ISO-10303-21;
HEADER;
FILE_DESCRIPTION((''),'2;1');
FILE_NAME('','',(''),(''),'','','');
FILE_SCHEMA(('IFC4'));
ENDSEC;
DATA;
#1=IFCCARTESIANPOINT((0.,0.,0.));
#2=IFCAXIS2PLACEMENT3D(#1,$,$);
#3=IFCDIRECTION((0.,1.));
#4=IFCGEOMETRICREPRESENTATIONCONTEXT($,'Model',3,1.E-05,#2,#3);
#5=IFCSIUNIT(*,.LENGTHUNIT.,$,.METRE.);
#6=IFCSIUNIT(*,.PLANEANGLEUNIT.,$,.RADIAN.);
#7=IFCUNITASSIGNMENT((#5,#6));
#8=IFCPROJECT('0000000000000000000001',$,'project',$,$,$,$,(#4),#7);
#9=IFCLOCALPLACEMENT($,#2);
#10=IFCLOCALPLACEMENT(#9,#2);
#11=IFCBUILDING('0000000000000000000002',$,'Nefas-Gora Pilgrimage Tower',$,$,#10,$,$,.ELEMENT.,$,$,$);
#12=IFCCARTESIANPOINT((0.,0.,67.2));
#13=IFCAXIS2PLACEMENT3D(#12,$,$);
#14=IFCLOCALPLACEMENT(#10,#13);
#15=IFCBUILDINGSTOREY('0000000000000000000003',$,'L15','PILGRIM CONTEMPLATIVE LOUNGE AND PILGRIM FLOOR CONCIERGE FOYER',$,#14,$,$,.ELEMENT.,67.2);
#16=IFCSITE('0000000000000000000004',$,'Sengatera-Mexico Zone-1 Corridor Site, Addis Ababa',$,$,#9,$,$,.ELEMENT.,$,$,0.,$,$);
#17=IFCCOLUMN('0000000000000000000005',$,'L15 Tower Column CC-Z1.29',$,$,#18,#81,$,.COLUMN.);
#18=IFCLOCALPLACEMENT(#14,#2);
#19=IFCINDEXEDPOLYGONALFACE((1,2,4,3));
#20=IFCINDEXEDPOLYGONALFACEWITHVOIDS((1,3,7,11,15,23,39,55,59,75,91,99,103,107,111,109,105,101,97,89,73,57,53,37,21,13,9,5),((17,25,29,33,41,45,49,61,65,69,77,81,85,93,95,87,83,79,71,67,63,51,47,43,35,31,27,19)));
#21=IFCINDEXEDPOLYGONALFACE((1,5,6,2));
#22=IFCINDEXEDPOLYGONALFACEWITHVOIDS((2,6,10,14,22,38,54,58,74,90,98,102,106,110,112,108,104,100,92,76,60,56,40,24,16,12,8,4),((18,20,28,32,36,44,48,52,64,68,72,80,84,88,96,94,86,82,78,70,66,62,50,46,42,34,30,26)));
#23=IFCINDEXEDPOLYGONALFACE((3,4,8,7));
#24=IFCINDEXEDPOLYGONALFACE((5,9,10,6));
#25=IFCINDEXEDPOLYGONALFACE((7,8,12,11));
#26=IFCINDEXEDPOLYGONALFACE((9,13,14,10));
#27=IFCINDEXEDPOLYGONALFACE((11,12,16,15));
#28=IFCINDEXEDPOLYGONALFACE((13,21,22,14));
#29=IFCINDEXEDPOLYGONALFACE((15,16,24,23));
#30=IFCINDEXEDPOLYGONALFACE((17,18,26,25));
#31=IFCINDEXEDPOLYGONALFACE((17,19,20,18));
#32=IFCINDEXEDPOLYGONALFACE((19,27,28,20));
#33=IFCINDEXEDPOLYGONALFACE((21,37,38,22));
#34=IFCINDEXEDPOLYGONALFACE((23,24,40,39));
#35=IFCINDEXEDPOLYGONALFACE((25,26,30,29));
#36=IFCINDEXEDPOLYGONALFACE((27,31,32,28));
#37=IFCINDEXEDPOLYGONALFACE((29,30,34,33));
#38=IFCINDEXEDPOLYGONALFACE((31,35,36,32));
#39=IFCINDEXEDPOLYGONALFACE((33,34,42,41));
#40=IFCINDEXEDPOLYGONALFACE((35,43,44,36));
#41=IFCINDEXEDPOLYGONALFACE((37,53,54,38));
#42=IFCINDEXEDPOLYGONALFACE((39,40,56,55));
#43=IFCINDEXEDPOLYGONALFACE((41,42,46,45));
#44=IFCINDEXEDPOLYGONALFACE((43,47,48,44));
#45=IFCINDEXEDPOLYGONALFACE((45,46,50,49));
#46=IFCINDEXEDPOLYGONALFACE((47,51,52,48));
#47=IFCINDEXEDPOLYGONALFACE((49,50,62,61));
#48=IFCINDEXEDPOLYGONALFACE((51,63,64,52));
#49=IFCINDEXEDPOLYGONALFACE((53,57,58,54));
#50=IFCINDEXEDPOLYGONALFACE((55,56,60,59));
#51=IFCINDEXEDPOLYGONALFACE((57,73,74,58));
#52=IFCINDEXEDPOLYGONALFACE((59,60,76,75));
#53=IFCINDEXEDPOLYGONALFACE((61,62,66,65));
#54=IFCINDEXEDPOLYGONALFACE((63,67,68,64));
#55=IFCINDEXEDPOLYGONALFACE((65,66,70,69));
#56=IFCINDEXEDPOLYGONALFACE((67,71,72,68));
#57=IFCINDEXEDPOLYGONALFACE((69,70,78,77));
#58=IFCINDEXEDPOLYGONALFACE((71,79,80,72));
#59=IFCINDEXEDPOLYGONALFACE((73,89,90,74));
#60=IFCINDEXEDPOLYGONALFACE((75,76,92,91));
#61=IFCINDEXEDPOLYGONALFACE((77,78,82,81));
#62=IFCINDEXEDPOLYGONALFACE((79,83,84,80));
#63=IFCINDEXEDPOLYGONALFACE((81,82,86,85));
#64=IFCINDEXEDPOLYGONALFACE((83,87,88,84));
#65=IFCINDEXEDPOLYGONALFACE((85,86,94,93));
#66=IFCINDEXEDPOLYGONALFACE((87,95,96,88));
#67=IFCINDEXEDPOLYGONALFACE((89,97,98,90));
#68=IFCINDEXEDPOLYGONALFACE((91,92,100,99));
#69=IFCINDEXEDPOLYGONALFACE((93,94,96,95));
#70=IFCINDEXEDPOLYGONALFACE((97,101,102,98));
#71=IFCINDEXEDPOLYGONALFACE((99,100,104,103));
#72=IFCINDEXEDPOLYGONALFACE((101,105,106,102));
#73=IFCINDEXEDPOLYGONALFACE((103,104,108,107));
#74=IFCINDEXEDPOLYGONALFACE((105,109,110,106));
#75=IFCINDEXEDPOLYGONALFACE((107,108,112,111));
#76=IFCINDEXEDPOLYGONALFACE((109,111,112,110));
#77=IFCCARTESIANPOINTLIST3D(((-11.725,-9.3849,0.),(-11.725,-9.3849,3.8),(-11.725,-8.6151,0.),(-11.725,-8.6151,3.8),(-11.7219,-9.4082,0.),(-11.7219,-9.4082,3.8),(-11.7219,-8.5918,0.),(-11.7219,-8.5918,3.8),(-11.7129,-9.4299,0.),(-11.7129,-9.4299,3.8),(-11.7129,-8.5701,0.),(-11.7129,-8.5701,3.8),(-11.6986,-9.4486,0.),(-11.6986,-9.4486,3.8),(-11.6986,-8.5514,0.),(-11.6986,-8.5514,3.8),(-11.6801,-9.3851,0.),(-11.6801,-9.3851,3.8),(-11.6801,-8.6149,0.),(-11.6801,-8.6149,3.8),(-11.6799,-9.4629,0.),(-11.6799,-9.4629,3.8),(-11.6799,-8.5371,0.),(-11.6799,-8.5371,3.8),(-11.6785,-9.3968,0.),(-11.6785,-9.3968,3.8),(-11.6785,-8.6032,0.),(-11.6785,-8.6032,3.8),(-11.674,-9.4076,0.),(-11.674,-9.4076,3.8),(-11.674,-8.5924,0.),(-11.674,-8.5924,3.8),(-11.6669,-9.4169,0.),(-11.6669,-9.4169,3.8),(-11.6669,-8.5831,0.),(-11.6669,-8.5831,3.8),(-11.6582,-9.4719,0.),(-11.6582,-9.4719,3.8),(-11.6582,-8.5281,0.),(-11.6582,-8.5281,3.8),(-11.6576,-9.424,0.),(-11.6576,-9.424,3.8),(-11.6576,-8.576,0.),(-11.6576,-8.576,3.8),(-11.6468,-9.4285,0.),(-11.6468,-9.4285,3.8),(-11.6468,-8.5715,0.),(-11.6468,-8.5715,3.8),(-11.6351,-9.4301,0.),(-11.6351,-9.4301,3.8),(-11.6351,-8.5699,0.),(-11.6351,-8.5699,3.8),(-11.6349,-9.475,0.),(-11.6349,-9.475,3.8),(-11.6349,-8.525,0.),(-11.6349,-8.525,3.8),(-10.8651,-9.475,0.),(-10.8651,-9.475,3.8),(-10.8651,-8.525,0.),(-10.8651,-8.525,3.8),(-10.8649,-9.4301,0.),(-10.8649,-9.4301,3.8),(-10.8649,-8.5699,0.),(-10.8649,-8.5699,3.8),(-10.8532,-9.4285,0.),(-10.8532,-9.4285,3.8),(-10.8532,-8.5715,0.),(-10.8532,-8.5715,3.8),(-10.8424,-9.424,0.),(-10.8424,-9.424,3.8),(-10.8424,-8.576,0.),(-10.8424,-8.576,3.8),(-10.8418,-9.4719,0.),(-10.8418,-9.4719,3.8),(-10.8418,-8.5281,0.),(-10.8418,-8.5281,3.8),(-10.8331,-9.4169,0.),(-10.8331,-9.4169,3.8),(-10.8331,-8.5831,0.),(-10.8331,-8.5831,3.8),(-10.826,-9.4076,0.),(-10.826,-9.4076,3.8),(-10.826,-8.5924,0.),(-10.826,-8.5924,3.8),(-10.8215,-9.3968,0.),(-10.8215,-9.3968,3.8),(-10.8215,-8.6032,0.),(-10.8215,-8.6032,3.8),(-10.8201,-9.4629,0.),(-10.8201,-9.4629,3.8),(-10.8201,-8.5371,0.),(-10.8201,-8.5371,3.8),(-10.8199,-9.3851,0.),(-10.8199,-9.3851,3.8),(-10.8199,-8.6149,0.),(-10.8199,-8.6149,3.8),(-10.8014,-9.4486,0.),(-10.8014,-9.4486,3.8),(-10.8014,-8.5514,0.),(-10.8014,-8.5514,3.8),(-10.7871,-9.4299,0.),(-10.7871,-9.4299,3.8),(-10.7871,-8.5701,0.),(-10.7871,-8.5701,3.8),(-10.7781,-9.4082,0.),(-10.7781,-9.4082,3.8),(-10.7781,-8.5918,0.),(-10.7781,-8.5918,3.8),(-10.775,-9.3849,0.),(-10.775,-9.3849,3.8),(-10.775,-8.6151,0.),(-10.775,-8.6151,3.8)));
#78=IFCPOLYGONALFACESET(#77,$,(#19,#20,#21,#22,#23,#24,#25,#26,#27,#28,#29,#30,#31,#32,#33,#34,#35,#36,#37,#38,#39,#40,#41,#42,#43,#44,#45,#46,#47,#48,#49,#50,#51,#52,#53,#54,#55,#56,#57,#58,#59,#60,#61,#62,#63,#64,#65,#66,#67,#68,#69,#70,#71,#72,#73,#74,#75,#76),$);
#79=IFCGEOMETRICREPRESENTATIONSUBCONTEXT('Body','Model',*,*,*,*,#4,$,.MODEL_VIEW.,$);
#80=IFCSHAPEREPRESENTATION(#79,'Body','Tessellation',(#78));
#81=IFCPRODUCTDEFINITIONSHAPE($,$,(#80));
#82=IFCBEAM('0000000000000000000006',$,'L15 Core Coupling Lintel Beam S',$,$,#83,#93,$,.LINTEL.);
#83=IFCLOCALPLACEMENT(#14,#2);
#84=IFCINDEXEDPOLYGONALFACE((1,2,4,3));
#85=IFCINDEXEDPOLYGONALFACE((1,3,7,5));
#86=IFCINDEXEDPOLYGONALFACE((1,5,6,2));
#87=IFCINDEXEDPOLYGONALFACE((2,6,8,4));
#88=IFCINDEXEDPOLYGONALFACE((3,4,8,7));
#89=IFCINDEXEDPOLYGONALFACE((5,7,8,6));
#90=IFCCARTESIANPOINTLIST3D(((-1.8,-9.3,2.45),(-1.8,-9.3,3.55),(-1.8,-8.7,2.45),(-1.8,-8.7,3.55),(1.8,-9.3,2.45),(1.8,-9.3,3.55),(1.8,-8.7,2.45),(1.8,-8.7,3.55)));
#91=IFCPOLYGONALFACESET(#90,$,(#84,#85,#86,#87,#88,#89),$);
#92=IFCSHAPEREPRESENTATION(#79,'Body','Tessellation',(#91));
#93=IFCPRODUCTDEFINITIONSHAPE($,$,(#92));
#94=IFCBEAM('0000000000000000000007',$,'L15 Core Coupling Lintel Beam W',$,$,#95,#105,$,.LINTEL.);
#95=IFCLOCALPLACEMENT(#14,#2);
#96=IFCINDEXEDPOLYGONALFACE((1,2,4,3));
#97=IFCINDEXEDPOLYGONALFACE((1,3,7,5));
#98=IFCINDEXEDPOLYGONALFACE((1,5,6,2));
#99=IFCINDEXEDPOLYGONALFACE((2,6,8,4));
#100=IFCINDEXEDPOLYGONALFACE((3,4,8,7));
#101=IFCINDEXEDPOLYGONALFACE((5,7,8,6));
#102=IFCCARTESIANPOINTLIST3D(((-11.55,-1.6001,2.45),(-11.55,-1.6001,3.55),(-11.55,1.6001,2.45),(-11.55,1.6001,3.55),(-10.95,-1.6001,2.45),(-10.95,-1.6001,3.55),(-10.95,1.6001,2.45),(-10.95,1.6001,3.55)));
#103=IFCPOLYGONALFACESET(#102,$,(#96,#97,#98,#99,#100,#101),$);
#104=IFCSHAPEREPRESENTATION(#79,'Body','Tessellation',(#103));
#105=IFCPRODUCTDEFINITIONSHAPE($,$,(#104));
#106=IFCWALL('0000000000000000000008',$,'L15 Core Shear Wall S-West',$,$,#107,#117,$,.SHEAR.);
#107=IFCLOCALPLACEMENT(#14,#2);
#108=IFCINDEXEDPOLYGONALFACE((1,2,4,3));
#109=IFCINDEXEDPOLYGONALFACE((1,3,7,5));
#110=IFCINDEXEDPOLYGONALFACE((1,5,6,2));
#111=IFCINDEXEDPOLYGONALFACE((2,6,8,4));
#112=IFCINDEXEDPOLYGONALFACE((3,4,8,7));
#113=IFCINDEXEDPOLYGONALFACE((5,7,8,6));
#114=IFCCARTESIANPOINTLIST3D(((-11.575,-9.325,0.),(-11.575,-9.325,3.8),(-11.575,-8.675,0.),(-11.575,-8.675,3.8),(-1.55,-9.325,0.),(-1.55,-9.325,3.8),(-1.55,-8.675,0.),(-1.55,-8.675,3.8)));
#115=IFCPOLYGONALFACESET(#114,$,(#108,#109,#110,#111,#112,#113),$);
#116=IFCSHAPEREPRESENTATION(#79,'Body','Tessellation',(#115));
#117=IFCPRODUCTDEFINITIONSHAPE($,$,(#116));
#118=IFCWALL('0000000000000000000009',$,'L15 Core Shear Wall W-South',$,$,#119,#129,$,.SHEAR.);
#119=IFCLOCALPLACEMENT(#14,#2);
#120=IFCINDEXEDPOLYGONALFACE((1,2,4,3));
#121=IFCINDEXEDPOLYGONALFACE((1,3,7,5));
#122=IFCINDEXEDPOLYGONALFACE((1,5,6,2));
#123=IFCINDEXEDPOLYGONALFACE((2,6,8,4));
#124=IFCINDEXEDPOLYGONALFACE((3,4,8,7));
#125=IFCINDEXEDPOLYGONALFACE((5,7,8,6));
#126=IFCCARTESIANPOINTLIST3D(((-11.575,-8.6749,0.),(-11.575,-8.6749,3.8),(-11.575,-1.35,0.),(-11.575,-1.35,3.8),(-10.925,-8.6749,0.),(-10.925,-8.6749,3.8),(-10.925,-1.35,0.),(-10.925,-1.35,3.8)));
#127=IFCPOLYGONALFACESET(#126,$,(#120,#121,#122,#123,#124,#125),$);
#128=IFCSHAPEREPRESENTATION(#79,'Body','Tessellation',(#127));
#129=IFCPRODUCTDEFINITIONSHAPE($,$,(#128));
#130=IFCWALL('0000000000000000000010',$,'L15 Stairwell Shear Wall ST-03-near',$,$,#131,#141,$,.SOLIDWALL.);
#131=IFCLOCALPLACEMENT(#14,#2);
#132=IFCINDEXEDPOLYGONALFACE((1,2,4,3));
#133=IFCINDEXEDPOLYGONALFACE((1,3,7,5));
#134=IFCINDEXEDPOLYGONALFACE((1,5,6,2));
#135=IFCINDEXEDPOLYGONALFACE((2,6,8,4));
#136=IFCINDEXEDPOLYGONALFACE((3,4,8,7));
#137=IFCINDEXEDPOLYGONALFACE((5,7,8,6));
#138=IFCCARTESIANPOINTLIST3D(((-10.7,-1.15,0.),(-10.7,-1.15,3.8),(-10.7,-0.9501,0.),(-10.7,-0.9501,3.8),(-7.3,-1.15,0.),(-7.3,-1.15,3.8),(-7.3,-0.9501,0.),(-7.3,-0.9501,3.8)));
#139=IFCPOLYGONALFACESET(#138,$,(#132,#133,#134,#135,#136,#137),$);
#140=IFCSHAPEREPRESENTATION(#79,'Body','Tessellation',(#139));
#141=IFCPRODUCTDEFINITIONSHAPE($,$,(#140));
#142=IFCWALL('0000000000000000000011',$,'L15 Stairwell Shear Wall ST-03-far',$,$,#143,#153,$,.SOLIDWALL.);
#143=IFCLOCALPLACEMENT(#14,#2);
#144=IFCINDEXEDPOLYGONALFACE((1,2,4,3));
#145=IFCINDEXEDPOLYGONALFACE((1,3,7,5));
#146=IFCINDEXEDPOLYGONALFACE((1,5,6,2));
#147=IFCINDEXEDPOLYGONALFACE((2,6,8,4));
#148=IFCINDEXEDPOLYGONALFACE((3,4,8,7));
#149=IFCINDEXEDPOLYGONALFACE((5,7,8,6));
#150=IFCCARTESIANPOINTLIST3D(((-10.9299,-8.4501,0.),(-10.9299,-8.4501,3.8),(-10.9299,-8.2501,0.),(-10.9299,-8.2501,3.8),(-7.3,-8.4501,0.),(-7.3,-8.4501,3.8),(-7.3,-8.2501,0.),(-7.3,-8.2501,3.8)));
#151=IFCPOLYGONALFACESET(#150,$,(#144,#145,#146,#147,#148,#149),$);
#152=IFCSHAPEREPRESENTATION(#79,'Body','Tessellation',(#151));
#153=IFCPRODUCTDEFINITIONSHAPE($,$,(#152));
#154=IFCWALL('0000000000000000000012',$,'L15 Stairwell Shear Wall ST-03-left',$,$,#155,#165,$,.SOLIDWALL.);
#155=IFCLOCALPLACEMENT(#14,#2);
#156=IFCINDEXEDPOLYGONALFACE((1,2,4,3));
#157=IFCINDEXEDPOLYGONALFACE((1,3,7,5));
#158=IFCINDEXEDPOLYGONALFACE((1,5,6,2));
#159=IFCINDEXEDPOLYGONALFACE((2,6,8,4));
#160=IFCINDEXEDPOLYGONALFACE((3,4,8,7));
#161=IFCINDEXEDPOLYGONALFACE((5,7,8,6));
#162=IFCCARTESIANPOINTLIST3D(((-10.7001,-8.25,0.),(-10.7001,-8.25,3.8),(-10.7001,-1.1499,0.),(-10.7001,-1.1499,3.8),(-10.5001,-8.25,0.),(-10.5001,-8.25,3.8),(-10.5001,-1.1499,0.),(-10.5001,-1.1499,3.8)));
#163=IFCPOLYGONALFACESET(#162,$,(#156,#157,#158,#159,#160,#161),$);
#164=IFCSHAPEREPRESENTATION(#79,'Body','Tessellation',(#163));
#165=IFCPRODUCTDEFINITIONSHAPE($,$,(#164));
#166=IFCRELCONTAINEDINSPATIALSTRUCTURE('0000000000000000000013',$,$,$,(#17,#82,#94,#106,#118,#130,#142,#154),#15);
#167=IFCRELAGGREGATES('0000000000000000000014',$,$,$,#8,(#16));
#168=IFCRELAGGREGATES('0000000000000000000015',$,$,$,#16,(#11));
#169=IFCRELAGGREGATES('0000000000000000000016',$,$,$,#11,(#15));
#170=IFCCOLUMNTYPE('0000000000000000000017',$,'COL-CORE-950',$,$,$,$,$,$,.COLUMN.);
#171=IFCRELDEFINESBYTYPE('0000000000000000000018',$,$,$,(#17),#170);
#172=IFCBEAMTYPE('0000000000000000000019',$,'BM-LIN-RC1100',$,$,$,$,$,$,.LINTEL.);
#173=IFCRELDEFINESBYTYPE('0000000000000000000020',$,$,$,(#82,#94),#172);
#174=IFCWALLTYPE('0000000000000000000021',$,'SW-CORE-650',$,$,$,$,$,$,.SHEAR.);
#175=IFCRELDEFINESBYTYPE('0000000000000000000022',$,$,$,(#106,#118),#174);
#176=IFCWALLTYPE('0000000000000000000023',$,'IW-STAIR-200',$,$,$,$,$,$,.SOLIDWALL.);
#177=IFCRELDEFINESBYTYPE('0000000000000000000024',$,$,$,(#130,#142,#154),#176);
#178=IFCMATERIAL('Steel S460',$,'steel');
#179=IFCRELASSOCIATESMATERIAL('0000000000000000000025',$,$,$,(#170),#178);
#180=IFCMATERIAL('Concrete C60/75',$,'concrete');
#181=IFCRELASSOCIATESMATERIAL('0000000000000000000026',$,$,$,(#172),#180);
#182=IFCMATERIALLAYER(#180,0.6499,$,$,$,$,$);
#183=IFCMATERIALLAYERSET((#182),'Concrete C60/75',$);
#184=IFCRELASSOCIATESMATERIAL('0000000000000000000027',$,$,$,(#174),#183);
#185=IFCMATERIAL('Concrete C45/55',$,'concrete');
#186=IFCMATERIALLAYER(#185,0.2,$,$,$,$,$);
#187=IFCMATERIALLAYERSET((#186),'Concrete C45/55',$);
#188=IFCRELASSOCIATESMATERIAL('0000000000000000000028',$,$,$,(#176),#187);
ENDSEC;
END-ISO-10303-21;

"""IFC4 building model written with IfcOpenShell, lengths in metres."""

from ifc_helpers import new_model, si_unit, direction, frame, frame_2d, origin, origin_2d, place, context, subcontext, project, spatial, rectangle, hollow_rectangle, extrude, source, transform, mapped, material, layer, layer_set, material_profile, profile_set, type_object, element, save


model = new_model("IFC4")

# Units and contexts
model_context = context("Model", 3, precision=1e-05, world=origin(), true_north=direction((0.0, 1.0)))
body_context = subcontext(model_context, "Body", "Model", "MODEL_VIEW")
ifc_project = project(units=[si_unit("LENGTHUNIT", "METRE"), si_unit("PLANEANGLEUNIT", "RADIAN")], contexts=[model_context])

# Site, building, storey
site_placement = place(None, origin())
site = spatial("IfcSite", under=ifc_project, at=site_placement, Name="Sengatera-Mexico Zone-1 Corridor Site, Addis Ababa", CompositionType="ELEMENT", RefElevation=0.0)
building_placement = place(site_placement, origin())
building = spatial("IfcBuilding", under=site, at=building_placement, Name="Nefas-Gora Pilgrimage Tower", CompositionType="ELEMENT")
storey_placement = place(building_placement, frame((0.0, 0.0, 67.2)))
storey = spatial("IfcBuildingStorey", under=building, at=storey_placement, Name="L15", Description="PILGRIM CONTEMPLATIVE LOUNGE AND PILGRIM FLOOR CONCIERGE FOYER", CompositionType="ELEMENT", Elevation=67.2)

# Column
ifc_material_1 = material(Name="Steel S460", Category="steel")
ifc_material_profile_1 = material_profile(ifc_material_1, hollow_rectangle(XDim=0.95, YDim=0.95, WallThickness=0.0449, InnerFilletRadius=0.0449, OuterFilletRadius=0.0901, at=origin_2d()), Name="BOX 950x950x45")
ifc_profile_set_1 = profile_set([ifc_material_profile_1], Name="Steel S460")
column_type = type_object("IfcColumnType", Name="COL-CORE-950", PredefinedType="COLUMN", material=ifc_profile_set_1)
shared_shape_1 = source(origin(), body_context, "Body", "SweptSolid", [
    extrude(hollow_rectangle(XDim=0.95, YDim=0.95, WallThickness=0.0449, InnerFilletRadius=0.0449, OuterFilletRadius=0.0901, at=origin_2d()), origin(), (0.0, 0.0, 1.0), 3.8),
])
column_placement = place(storey_placement, frame((-11.25, -9.0, 0.0), z_axis=(0.0, 0.0, 1.0), x_axis=(1.0, 0.0, 0.0)))
element("IfcColumn", 1, at=column_placement, inside=storey, type_object=column_type, Name="L15 Tower Column CC-Z1.29", PredefinedType="COLUMN", context=body_context, shape_type="MappedRepresentation", body=[
    mapped(shared_shape_1, transform((0.0, 0.0, 0.0), x_axis=(1.0, 0.0, 0.0), y_axis=(0.0, 1.0, 0.0), z_axis=(0.0, 0.0, 1.0), scale=1.0)),
])

# Beams
ifc_material_2 = material(Name="Concrete C60/75", Category="concrete")
ifc_material_profile_2 = material_profile(ifc_material_2, rectangle(XDim=0.6001, YDim=1.1001, at=origin_2d()), Name="RC 600x1100")
ifc_profile_set_2 = profile_set([ifc_material_profile_2], Name="Concrete C60/75")
beam_type = type_object("IfcBeamType", Name="BM-LIN-RC1100", PredefinedType="LINTEL", material=ifc_profile_set_2)
shared_shape_2 = source(origin(), body_context, "Body", "SweptSolid", [
    extrude(rectangle(XDim=0.6001, YDim=1.1001, at=origin_2d()), origin(), (0.0, 0.0, 1.0), 3.6001),
])
beam_1_placement = place(storey_placement, frame((-1.8, -9.0, 3.0), z_axis=(1.0, 0.0, 0.0), x_axis=(0.0, 1.0, 0.0)))
element("IfcBeam", 2, at=beam_1_placement, inside=storey, type_object=beam_type, Name="L15 Core Coupling Lintel Beam S", PredefinedType="LINTEL", context=body_context, shape_type="MappedRepresentation", body=[
    mapped(shared_shape_2, transform((0.0, 0.0, 0.0), x_axis=(1.0, 0.0, 0.0), y_axis=(0.0, 1.0, 0.0), z_axis=(0.0, 0.0, 1.0), scale=1.0)),
])
shared_shape_3 = source(origin(), body_context, "Body", "SweptSolid", [
    extrude(rectangle(XDim=0.6001, YDim=1.1001, at=origin_2d()), origin(), (0.0, 0.0, 1.0), 3.2002),
])
beam_2_placement = place(storey_placement, frame((-11.25, -1.6001, 3.0), z_axis=(0.0, 1.0, 0.0), x_axis=(-1.0, 0.0, 0.0)))
element("IfcBeam", 3, at=beam_2_placement, inside=storey, type_object=beam_type, Name="L15 Core Coupling Lintel Beam W", PredefinedType="LINTEL", context=body_context, shape_type="MappedRepresentation", body=[
    mapped(shared_shape_3, transform((0.0, 0.0, 0.0), x_axis=(1.0, 0.0, 0.0), y_axis=(0.0, 1.0, 0.0), z_axis=(0.0, 0.0, 1.0), scale=1.0)),
])

# Walls
ifc_layer_1 = layer(ifc_material_2, 0.6499)
ifc_layer_set_1 = layer_set([ifc_layer_1], Name="Concrete C60/75")
wall_type_1 = type_object("IfcWallType", Name="SW-CORE-650", PredefinedType="SHEAR", material=ifc_layer_set_1)
shared_shape_4 = source(origin(), body_context, "Body", "SweptSolid", [
    extrude(rectangle(XDim=10.0249, YDim=0.6499, at=frame_2d((5.0125, 0.0))), origin(), (0.0, 0.0, 1.0), 3.8),
])
wall_1_placement = place(storey_placement, frame((-11.575, -9.0, 0.0), z_axis=(0.0, 0.0, 1.0), x_axis=(1.0, 0.0, 0.0)))
element("IfcWall", 4, at=wall_1_placement, inside=storey, type_object=wall_type_1, Name="L15 Core Shear Wall S-West", PredefinedType="SHEAR", context=body_context, shape_type="MappedRepresentation", body=[
    mapped(shared_shape_4, transform((0.0, 0.0, 0.0), x_axis=(1.0, 0.0, 0.0), y_axis=(0.0, 1.0, 0.0), z_axis=(0.0, 0.0, 1.0), scale=1.0)),
])
shared_shape_5 = source(origin(), body_context, "Body", "SweptSolid", [
    extrude(rectangle(XDim=7.325, YDim=0.6499, at=frame_2d((3.6626, 0.0))), origin(), (0.0, 0.0, 1.0), 3.8),
])
wall_2_placement = place(storey_placement, frame((-11.25, -8.675, 0.0), z_axis=(0.0, 0.0, 1.0), x_axis=(0.0, 1.0, 0.0)))
element("IfcWall", 5, at=wall_2_placement, inside=storey, type_object=wall_type_1, Name="L15 Core Shear Wall W-South", PredefinedType="SHEAR", context=body_context, shape_type="MappedRepresentation", body=[
    mapped(shared_shape_5, transform((0.0, 0.0, 0.0), x_axis=(1.0, 0.0, 0.0), y_axis=(0.0, 1.0, 0.0), z_axis=(0.0, 0.0, 1.0), scale=1.0)),
])
ifc_material_3 = material(Name="Concrete C45/55", Category="concrete")
ifc_layer_2 = layer(ifc_material_3, 0.2)
ifc_layer_set_2 = layer_set([ifc_layer_2], Name="Concrete C45/55")
wall_type_2 = type_object("IfcWallType", Name="IW-STAIR-200", PredefinedType="SOLIDWALL", material=ifc_layer_set_2)
shared_shape_6 = source(origin(), body_context, "Body", "SweptSolid", [
    extrude(rectangle(XDim=3.3999, YDim=0.2, at=frame_2d((1.7, 0.0))), origin(), (0.0, 0.0, 1.0), 3.8),
])
wall_3_placement = place(storey_placement, frame((-10.7, -1.05, 0.0), z_axis=(0.0, 0.0, 1.0), x_axis=(1.0, 0.0, 0.0)))
element("IfcWall", 6, at=wall_3_placement, inside=storey, type_object=wall_type_2, Name="L15 Stairwell Shear Wall ST-03-near", PredefinedType="SOLIDWALL", context=body_context, shape_type="MappedRepresentation", body=[
    mapped(shared_shape_6, transform((0.0, 0.0, 0.0), x_axis=(1.0, 0.0, 0.0), y_axis=(0.0, 1.0, 0.0), z_axis=(0.0, 0.0, 1.0), scale=1.0)),
])
shared_shape_7 = source(origin(), body_context, "Body", "SweptSolid", [
    extrude(rectangle(XDim=3.6299, YDim=0.2, at=frame_2d((1.8149, 0.0))), origin(), (0.0, 0.0, 1.0), 3.8),
])
wall_4_placement = place(storey_placement, frame((-10.9299, -8.3501, 0.0), z_axis=(0.0, 0.0, 1.0), x_axis=(1.0, 0.0, 0.0)))
element("IfcWall", 7, at=wall_4_placement, inside=storey, type_object=wall_type_2, Name="L15 Stairwell Shear Wall ST-03-far", PredefinedType="SOLIDWALL", context=body_context, shape_type="MappedRepresentation", body=[
    mapped(shared_shape_7, transform((0.0, 0.0, 0.0), x_axis=(1.0, 0.0, 0.0), y_axis=(0.0, 1.0, 0.0), z_axis=(0.0, 0.0, 1.0), scale=1.0)),
])
shared_shape_8 = source(origin(), body_context, "Body", "SweptSolid", [
    extrude(rectangle(XDim=7.1001, YDim=0.2, at=frame_2d((3.55, 0.0))), origin(), (0.0, 0.0, 1.0), 3.8),
])
wall_5_placement = place(storey_placement, frame((-10.6001, -1.1499, 0.0), z_axis=(0.0, 0.0, 1.0), x_axis=(0.0, -1.0, 0.0)))
element("IfcWall", 8, at=wall_5_placement, inside=storey, type_object=wall_type_2, Name="L15 Stairwell Shear Wall ST-03-left", PredefinedType="SOLIDWALL", context=body_context, shape_type="MappedRepresentation", body=[
    mapped(shared_shape_8, transform((0.0, 0.0, 0.0), x_axis=(1.0, 0.0, 0.0), y_axis=(0.0, 1.0, 0.0), z_axis=(0.0, 0.0, 1.0), scale=1.0)),
])

save(model, "model.ifc")
